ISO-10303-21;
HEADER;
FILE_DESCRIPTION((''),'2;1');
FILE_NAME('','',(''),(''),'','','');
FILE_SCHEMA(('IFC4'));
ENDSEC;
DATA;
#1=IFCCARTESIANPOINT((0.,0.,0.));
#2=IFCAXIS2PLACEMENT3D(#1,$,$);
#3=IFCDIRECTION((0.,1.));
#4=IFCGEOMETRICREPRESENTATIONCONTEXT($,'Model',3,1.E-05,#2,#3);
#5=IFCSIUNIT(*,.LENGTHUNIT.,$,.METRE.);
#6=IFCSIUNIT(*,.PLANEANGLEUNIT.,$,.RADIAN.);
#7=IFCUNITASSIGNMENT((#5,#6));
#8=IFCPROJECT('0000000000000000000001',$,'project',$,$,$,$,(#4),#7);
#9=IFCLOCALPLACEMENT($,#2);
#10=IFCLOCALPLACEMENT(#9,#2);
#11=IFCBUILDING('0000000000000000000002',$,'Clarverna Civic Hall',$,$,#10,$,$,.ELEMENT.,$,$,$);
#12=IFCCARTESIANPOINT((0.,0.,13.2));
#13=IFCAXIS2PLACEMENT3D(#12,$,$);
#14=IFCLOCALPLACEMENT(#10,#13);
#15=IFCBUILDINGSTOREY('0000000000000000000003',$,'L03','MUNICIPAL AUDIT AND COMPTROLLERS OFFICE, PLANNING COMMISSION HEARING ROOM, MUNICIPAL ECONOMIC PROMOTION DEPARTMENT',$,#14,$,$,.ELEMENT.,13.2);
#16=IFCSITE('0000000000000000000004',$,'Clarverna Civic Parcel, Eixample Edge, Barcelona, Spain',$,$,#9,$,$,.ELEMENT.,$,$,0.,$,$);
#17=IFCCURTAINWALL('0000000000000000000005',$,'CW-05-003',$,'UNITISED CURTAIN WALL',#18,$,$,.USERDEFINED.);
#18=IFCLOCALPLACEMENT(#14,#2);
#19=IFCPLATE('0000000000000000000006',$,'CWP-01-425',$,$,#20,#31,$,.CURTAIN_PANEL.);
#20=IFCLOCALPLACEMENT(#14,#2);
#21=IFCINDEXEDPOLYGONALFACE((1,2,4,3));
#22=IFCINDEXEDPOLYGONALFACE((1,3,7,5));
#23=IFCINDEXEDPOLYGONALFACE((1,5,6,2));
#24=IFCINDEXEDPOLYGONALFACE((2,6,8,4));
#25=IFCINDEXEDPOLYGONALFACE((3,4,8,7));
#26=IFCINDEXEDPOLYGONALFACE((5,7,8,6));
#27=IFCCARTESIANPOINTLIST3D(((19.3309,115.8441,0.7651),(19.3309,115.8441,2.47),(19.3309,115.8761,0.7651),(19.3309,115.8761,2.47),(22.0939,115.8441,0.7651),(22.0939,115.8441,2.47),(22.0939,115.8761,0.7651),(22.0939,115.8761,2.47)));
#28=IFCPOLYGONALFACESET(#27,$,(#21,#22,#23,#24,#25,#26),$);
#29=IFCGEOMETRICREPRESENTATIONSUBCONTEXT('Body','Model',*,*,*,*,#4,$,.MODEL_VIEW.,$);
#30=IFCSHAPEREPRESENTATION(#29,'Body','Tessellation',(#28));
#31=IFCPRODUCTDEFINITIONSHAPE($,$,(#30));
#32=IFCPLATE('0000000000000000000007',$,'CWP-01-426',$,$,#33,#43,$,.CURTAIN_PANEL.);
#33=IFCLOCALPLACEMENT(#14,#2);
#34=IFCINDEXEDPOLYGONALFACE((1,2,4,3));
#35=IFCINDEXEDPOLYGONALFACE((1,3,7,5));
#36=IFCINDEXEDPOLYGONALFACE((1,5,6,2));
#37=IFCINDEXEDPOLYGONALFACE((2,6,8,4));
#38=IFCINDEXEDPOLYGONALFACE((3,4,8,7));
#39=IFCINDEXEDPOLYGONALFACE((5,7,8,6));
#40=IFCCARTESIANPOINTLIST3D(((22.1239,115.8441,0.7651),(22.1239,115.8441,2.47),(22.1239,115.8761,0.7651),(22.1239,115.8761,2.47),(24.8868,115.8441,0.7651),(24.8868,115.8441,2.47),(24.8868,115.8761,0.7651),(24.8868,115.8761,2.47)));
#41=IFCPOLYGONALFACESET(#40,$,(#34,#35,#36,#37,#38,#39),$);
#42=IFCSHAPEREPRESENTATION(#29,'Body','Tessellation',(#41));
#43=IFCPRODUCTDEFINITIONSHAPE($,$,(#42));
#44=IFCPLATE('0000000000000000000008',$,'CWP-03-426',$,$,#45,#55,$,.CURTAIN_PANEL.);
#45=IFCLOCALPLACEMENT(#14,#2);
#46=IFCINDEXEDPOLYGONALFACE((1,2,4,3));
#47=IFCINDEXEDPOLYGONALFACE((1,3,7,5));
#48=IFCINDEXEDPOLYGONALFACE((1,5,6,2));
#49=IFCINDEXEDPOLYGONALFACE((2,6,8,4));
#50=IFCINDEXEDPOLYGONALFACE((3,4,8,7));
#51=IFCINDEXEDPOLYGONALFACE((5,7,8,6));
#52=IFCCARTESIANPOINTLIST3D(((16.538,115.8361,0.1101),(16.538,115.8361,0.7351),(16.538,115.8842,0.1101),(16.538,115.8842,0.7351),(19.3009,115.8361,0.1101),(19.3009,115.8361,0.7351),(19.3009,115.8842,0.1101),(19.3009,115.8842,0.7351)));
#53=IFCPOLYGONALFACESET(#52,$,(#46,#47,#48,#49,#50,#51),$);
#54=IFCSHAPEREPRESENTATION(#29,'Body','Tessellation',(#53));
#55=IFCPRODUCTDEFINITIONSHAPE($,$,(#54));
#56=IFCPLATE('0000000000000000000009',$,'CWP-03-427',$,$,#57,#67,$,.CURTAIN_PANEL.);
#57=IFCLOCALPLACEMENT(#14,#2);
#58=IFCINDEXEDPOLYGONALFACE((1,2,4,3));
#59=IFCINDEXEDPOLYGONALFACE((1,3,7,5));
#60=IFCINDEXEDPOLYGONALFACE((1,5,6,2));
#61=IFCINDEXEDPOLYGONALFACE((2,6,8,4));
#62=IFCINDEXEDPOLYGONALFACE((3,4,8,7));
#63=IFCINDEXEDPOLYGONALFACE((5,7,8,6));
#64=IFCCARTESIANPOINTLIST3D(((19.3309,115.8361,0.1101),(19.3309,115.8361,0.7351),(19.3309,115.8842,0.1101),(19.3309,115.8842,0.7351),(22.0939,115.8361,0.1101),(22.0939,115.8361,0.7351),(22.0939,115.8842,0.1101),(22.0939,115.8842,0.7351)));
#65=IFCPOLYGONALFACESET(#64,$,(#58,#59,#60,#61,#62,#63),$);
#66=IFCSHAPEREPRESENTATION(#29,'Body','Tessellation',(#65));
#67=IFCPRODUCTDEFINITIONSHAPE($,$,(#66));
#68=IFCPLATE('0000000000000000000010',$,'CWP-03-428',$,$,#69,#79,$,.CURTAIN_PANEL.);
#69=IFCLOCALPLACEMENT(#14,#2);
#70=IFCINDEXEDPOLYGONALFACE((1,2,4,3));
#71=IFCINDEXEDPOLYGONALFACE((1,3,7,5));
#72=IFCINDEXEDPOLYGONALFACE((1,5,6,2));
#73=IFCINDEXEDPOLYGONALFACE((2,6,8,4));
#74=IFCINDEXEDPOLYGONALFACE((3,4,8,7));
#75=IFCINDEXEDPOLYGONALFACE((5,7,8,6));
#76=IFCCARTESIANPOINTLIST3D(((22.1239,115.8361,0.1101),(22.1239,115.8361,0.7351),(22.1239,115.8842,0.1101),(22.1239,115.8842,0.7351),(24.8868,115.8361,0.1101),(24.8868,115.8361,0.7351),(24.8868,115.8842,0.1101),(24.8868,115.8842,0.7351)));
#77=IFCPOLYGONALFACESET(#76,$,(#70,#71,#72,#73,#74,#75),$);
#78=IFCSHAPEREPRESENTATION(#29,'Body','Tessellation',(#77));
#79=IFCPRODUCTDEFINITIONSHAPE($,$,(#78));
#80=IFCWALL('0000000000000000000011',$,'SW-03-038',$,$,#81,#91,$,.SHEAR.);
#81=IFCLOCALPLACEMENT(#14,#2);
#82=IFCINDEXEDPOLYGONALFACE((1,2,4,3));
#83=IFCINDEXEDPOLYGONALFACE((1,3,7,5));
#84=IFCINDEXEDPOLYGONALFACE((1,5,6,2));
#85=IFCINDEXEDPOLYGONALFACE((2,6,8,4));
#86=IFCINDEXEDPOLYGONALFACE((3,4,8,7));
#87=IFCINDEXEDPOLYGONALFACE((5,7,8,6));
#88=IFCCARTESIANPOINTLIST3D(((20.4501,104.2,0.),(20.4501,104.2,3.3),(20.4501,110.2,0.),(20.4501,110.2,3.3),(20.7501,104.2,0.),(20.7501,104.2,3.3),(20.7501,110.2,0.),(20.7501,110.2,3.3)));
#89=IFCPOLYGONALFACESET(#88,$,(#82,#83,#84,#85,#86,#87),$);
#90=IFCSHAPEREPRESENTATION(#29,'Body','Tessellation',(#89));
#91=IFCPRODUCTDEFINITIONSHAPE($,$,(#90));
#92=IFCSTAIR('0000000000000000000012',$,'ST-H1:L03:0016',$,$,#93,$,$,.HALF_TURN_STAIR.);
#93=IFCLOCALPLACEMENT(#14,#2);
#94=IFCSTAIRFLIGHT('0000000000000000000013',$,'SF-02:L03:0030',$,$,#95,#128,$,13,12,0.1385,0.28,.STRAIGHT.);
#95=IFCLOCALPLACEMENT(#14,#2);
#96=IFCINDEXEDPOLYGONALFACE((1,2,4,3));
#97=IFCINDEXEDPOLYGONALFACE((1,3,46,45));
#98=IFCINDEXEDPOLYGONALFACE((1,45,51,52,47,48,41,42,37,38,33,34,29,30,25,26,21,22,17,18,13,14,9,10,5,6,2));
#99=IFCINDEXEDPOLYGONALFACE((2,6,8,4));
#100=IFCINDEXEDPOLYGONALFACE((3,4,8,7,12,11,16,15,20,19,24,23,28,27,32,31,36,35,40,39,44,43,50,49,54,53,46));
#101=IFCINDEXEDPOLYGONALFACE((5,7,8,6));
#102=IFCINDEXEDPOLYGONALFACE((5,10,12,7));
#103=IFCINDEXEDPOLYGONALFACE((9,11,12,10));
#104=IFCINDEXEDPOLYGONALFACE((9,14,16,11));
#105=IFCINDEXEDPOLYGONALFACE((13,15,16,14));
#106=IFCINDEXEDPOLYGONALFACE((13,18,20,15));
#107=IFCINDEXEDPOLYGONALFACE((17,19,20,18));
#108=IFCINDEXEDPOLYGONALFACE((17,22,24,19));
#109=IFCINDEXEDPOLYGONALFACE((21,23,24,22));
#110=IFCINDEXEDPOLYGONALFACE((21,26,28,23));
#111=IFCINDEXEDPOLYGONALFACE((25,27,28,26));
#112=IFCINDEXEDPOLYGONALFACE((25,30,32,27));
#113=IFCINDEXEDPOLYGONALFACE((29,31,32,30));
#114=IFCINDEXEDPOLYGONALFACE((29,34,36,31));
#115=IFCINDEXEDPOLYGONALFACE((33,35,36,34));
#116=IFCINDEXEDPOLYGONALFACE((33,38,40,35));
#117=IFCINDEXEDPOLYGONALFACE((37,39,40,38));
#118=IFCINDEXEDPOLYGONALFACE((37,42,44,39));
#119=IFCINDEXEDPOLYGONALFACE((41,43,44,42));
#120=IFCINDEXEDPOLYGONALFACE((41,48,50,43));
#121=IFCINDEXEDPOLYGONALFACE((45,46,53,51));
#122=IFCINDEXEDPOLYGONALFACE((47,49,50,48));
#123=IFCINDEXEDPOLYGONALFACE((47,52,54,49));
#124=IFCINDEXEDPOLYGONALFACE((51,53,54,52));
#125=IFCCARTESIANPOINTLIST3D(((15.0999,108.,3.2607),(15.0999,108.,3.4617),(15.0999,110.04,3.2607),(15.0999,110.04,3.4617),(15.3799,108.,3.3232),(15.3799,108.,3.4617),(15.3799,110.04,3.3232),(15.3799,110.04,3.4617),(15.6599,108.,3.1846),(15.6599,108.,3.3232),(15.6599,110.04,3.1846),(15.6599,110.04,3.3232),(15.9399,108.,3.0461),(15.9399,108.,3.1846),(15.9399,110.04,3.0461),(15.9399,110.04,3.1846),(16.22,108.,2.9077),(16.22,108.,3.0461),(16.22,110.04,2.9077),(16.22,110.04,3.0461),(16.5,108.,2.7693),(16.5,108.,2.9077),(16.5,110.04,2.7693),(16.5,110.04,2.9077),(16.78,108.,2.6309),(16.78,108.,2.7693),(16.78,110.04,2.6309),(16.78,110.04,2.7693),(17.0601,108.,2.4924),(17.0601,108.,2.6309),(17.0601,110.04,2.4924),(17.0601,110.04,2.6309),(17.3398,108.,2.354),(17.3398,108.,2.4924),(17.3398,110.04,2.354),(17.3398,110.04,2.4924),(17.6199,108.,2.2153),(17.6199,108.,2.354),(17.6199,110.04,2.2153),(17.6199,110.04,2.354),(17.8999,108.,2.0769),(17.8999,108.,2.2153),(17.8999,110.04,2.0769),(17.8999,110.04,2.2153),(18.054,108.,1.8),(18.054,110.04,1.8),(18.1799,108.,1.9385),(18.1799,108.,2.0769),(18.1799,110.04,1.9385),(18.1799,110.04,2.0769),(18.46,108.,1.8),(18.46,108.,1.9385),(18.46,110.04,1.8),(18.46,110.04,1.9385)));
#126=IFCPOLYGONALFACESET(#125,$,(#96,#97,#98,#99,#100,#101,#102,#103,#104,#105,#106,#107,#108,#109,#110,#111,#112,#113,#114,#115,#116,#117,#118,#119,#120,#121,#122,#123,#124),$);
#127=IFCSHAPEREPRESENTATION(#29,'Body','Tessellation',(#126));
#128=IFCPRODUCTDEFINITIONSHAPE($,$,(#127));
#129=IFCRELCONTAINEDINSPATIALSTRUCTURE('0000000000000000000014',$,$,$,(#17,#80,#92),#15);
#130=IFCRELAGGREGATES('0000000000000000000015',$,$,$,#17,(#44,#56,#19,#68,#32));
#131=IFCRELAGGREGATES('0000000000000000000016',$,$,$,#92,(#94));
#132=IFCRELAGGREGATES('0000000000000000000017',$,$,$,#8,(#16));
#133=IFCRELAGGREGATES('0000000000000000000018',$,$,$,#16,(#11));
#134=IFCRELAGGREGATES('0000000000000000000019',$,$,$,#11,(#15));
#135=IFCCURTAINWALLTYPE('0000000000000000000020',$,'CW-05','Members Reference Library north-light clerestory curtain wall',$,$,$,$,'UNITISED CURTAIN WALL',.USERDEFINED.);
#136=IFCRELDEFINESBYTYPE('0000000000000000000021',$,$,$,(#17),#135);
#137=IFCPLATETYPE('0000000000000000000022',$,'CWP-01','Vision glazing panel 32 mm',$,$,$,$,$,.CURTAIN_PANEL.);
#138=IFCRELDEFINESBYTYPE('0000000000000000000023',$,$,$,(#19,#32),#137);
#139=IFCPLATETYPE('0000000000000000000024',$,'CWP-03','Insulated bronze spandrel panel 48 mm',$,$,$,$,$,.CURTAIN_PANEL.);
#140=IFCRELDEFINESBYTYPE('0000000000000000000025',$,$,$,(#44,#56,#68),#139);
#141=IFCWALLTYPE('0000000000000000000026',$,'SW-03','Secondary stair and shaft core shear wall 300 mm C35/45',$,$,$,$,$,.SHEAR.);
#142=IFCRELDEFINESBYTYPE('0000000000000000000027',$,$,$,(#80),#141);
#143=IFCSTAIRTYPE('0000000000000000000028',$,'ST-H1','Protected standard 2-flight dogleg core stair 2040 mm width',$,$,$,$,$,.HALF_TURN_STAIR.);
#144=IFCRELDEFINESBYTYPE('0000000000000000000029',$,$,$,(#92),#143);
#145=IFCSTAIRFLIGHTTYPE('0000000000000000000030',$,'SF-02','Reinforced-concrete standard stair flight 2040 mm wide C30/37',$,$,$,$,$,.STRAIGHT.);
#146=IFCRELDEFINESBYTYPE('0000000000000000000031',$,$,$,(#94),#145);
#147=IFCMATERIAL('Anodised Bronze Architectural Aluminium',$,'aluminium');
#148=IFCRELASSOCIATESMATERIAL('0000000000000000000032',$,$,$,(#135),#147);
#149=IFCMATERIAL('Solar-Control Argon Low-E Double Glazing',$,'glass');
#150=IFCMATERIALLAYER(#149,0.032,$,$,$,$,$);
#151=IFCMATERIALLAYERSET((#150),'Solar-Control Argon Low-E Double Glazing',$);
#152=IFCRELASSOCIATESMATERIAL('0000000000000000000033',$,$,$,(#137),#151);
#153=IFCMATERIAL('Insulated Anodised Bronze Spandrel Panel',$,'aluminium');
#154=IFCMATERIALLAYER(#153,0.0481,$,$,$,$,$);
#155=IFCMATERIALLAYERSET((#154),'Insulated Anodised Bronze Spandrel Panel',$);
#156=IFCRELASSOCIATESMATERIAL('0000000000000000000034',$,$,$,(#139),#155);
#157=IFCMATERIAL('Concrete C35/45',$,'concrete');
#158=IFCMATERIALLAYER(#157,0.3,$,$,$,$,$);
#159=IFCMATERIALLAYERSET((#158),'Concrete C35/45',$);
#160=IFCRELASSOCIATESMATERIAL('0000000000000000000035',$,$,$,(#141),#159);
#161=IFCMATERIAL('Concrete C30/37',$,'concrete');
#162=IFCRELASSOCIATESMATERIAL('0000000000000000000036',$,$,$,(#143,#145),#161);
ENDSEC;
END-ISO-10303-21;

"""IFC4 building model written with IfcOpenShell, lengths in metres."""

from ifc_helpers import new_model, si_unit, direction, frame, frame_2d, origin, place, context, subcontext, project, spatial, polyline, rectangle, outline, extrude, material, layer, layer_set, type_object, element, aggregate, save


model = new_model("IFC4")

# Units and contexts
model_context = context("Model", 3, precision=1e-05, world=origin(), true_north=direction((0.0, 1.0)))
body_context = subcontext(model_context, "Body", "Model", "MODEL_VIEW")
ifc_project = project(units=[si_unit("LENGTHUNIT", "METRE"), si_unit("PLANEANGLEUNIT", "RADIAN")], contexts=[model_context])

# Site, building, storey
site_placement = place(None, origin())
site = spatial("IfcSite", under=ifc_project, at=site_placement, Name="Clarverna Civic Parcel, Eixample Edge, Barcelona, Spain", CompositionType="ELEMENT", RefElevation=0.0)
building_placement = place(site_placement, origin())
building = spatial("IfcBuilding", under=site, at=building_placement, Name="Clarverna Civic Hall", CompositionType="ELEMENT")
storey_placement = place(building_placement, frame((0.0, 0.0, 13.2)))
storey = spatial("IfcBuildingStorey", under=building, at=storey_placement, Name="L03", Description="MUNICIPAL AUDIT AND COMPTROLLERS OFFICE, PLANNING COMMISSION HEARING ROOM, MUNICIPAL ECONOMIC PROMOTION DEPARTMENT", CompositionType="ELEMENT", Elevation=13.2)

# Shared definitions
ifc_material_1 = material(Name="Concrete C35/45", Category="concrete")

# Shared definitions
ifc_material_2 = material(Name="Anodised Bronze Architectural Aluminium", Category="aluminium")
curtain_wall_type = type_object("IfcCurtainWallType", Name="CW-05", Description="Members Reference Library north-light clerestory curtain wall", ElementType="UNITISED CURTAIN WALL", PredefinedType="USERDEFINED", material=ifc_material_2)

# Curtain wall, plates
curtain_wall_1_placement = place(storey_placement, origin())
curtain_wall_1 = element("IfcCurtainWall", 1, at=curtain_wall_1_placement, inside=storey, type_object=curtain_wall_type, Name="CW-05-003", ObjectType="UNITISED CURTAIN WALL", PredefinedType="USERDEFINED")
ifc_material_3 = material(Name="Solar-Control Argon Low-E Double Glazing", Category="glass")
ifc_layer_1 = layer(ifc_material_3, 0.032)
ifc_layer_set_1 = layer_set([ifc_layer_1], Name="Solar-Control Argon Low-E Double Glazing")
plate_type_1 = type_object("IfcPlateType", Name="CWP-01", Description="Vision glazing panel 32 mm", PredefinedType="CURTAIN_PANEL", material=ifc_layer_set_1)
plate_1_placement = place(storey_placement, frame((19.3311, 115.8601, 0.7651), z_axis=(0.0, 0.0, 1.0), x_axis=(1.0, 0.0, 0.0)))
plate_1 = element("IfcPlate", 2, at=plate_1_placement, type_object=plate_type_1, Name="CWP-01-425", PredefinedType="CURTAIN_PANEL", context=body_context, shape_type="SweptSolid", body=[
    extrude(rectangle(XDim=2.7629, YDim=0.032, at=frame_2d((1.3813, 0.0))), origin(), (0.0, 0.0, 1.0), 1.7048),
])
plate_2_placement = place(storey_placement, frame((22.124, 115.8601, 0.7651), z_axis=(0.0, 0.0, 1.0), x_axis=(1.0, 0.0, 0.0)))
plate_2 = element("IfcPlate", 3, at=plate_2_placement, type_object=plate_type_1, Name="CWP-01-426", PredefinedType="CURTAIN_PANEL", context=body_context, shape_type="SweptSolid", body=[
    extrude(rectangle(XDim=2.7629, YDim=0.032, at=frame_2d((1.3813, 0.0))), origin(), (0.0, 0.0, 1.0), 1.7048),
])
ifc_material_4 = material(Name="Insulated Anodised Bronze Spandrel Panel", Category="aluminium")
ifc_layer_2 = layer(ifc_material_4, 0.0481)
ifc_layer_set_2 = layer_set([ifc_layer_2], Name="Insulated Anodised Bronze Spandrel Panel")
plate_type_2 = type_object("IfcPlateType", Name="CWP-03", Description="Insulated bronze spandrel panel 48 mm", PredefinedType="CURTAIN_PANEL", material=ifc_layer_set_2)
plate_3_placement = place(storey_placement, frame((16.5381, 115.8601, 0.1101), z_axis=(0.0, 0.0, 1.0), x_axis=(1.0, 0.0, 0.0)))
plate_3 = element("IfcPlate", 4, at=plate_3_placement, type_object=plate_type_2, Name="CWP-03-426", PredefinedType="CURTAIN_PANEL", context=body_context, shape_type="SweptSolid", body=[
    extrude(rectangle(XDim=2.7629, YDim=0.0481, at=frame_2d((1.3813, 0.0))), origin(), (0.0, 0.0, 1.0), 0.625),
])
plate_4_placement = place(storey_placement, frame((19.3311, 115.8601, 0.1101), z_axis=(0.0, 0.0, 1.0), x_axis=(1.0, 0.0, 0.0)))
plate_4 = element("IfcPlate", 5, at=plate_4_placement, type_object=plate_type_2, Name="CWP-03-427", PredefinedType="CURTAIN_PANEL", context=body_context, shape_type="SweptSolid", body=[
    extrude(rectangle(XDim=2.7629, YDim=0.0481, at=frame_2d((1.3813, 0.0))), origin(), (0.0, 0.0, 1.0), 0.625),
])
plate_5_placement = place(storey_placement, frame((22.124, 115.8601, 0.1101), z_axis=(0.0, 0.0, 1.0), x_axis=(1.0, 0.0, 0.0)))
plate_5 = element("IfcPlate", 6, at=plate_5_placement, type_object=plate_type_2, Name="CWP-03-428", PredefinedType="CURTAIN_PANEL", context=body_context, shape_type="SweptSolid", body=[
    extrude(rectangle(XDim=2.7629, YDim=0.0481, at=frame_2d((1.3813, 0.0))), origin(), (0.0, 0.0, 1.0), 0.625),
])
aggregate(curtain_wall_1, [plate_3, plate_4, plate_1, plate_5, plate_2])

# Wall
ifc_layer_3 = layer(ifc_material_1, 0.3)
ifc_layer_set_3 = layer_set([ifc_layer_3], Name="Concrete C35/45")
wall_type = type_object("IfcWallType", Name="SW-03", Description="Secondary stair and shaft core shear wall 300 mm C35/45", PredefinedType="SHEAR", material=ifc_layer_set_3)
wall_placement = place(storey_placement, frame((20.6001, 104.2, 0.0), z_axis=(0.0, 0.0, 1.0), x_axis=(0.0, 1.0, 0.0)))
element("IfcWall", 7, at=wall_placement, inside=storey, type_object=wall_type, Name="SW-03-038", PredefinedType="SHEAR", context=body_context, shape_type="SweptSolid", body=[
    extrude(rectangle(XDim=6.0, YDim=0.3, at=frame_2d((3.0, 0.0))), origin(), (0.0, 0.0, 1.0), 3.3),
])

# Stair, stair flight
ifc_material_5 = material(Name="Concrete C30/37", Category="concrete")
stair_type = type_object("IfcStairType", Name="ST-H1", Description="Protected standard 2-flight dogleg core stair 2040 mm width", PredefinedType="HALF_TURN_STAIR", material=ifc_material_5)
stair_placement = place(storey_placement, origin())
stair = element("IfcStair", 8, at=stair_placement, inside=storey, type_object=stair_type, Name="ST-H1:L03:0016", PredefinedType="HALF_TURN_STAIR")
stair_flight_type = type_object("IfcStairFlightType", Name="SF-02", Description="Reinforced-concrete standard stair flight 2040 mm wide C30/37", PredefinedType="STRAIGHT", material=ifc_material_5)
stair_flight_placement = place(storey_placement, frame((18.46, 109.02, 1.8), z_axis=(0.0, 0.0, 1.0), x_axis=(-1.0, 0.0, 0.0)))
stair_flight = element("IfcStairFlight", 9, at=stair_flight_placement, type_object=stair_flight_type, Name="SF-02:L03:0030", NumberOfRisers=13, NumberOfTreads=12, PredefinedType="STRAIGHT", RiserHeight=0.1385, TreadLength=0.28, context=body_context, shape_type="SweptSolid", body=[
    extrude(outline(polyline([(0.0, 0.0), (0.0, 0.1384), (0.28, 0.1384), (0.28, 0.2769), (0.5601, 0.2769), (0.5601, 0.4153), (0.8401, 0.4153), (0.8401, 0.554), (1.1201, 0.554), (1.1201, 0.6924), (1.3999, 0.6924), (1.3999, 0.8308), (1.6799, 0.8308), (1.6799, 0.9692), (1.96, 0.9692), (1.96, 1.1077), (2.24, 1.1077), (2.24, 1.2461), (2.52, 1.2461), (2.52, 1.3845), (2.8, 1.3845), (2.8, 1.5232), (3.0801, 1.5232), (3.0801, 1.6616), (3.3601, 1.6616), (3.3601, 1.8), (3.3601, 1.4607), (0.406, 0.0), (0.0, 0.0)])), frame((0.0, 1.02, 0.0), z_axis=(0.0, -1.0, 0.0), x_axis=(1.0, 0.0, 0.0)), (0.0, 0.0, 1.0), 2.04),
])
aggregate(stair, [stair_flight])

save(model, "model.ifc")
